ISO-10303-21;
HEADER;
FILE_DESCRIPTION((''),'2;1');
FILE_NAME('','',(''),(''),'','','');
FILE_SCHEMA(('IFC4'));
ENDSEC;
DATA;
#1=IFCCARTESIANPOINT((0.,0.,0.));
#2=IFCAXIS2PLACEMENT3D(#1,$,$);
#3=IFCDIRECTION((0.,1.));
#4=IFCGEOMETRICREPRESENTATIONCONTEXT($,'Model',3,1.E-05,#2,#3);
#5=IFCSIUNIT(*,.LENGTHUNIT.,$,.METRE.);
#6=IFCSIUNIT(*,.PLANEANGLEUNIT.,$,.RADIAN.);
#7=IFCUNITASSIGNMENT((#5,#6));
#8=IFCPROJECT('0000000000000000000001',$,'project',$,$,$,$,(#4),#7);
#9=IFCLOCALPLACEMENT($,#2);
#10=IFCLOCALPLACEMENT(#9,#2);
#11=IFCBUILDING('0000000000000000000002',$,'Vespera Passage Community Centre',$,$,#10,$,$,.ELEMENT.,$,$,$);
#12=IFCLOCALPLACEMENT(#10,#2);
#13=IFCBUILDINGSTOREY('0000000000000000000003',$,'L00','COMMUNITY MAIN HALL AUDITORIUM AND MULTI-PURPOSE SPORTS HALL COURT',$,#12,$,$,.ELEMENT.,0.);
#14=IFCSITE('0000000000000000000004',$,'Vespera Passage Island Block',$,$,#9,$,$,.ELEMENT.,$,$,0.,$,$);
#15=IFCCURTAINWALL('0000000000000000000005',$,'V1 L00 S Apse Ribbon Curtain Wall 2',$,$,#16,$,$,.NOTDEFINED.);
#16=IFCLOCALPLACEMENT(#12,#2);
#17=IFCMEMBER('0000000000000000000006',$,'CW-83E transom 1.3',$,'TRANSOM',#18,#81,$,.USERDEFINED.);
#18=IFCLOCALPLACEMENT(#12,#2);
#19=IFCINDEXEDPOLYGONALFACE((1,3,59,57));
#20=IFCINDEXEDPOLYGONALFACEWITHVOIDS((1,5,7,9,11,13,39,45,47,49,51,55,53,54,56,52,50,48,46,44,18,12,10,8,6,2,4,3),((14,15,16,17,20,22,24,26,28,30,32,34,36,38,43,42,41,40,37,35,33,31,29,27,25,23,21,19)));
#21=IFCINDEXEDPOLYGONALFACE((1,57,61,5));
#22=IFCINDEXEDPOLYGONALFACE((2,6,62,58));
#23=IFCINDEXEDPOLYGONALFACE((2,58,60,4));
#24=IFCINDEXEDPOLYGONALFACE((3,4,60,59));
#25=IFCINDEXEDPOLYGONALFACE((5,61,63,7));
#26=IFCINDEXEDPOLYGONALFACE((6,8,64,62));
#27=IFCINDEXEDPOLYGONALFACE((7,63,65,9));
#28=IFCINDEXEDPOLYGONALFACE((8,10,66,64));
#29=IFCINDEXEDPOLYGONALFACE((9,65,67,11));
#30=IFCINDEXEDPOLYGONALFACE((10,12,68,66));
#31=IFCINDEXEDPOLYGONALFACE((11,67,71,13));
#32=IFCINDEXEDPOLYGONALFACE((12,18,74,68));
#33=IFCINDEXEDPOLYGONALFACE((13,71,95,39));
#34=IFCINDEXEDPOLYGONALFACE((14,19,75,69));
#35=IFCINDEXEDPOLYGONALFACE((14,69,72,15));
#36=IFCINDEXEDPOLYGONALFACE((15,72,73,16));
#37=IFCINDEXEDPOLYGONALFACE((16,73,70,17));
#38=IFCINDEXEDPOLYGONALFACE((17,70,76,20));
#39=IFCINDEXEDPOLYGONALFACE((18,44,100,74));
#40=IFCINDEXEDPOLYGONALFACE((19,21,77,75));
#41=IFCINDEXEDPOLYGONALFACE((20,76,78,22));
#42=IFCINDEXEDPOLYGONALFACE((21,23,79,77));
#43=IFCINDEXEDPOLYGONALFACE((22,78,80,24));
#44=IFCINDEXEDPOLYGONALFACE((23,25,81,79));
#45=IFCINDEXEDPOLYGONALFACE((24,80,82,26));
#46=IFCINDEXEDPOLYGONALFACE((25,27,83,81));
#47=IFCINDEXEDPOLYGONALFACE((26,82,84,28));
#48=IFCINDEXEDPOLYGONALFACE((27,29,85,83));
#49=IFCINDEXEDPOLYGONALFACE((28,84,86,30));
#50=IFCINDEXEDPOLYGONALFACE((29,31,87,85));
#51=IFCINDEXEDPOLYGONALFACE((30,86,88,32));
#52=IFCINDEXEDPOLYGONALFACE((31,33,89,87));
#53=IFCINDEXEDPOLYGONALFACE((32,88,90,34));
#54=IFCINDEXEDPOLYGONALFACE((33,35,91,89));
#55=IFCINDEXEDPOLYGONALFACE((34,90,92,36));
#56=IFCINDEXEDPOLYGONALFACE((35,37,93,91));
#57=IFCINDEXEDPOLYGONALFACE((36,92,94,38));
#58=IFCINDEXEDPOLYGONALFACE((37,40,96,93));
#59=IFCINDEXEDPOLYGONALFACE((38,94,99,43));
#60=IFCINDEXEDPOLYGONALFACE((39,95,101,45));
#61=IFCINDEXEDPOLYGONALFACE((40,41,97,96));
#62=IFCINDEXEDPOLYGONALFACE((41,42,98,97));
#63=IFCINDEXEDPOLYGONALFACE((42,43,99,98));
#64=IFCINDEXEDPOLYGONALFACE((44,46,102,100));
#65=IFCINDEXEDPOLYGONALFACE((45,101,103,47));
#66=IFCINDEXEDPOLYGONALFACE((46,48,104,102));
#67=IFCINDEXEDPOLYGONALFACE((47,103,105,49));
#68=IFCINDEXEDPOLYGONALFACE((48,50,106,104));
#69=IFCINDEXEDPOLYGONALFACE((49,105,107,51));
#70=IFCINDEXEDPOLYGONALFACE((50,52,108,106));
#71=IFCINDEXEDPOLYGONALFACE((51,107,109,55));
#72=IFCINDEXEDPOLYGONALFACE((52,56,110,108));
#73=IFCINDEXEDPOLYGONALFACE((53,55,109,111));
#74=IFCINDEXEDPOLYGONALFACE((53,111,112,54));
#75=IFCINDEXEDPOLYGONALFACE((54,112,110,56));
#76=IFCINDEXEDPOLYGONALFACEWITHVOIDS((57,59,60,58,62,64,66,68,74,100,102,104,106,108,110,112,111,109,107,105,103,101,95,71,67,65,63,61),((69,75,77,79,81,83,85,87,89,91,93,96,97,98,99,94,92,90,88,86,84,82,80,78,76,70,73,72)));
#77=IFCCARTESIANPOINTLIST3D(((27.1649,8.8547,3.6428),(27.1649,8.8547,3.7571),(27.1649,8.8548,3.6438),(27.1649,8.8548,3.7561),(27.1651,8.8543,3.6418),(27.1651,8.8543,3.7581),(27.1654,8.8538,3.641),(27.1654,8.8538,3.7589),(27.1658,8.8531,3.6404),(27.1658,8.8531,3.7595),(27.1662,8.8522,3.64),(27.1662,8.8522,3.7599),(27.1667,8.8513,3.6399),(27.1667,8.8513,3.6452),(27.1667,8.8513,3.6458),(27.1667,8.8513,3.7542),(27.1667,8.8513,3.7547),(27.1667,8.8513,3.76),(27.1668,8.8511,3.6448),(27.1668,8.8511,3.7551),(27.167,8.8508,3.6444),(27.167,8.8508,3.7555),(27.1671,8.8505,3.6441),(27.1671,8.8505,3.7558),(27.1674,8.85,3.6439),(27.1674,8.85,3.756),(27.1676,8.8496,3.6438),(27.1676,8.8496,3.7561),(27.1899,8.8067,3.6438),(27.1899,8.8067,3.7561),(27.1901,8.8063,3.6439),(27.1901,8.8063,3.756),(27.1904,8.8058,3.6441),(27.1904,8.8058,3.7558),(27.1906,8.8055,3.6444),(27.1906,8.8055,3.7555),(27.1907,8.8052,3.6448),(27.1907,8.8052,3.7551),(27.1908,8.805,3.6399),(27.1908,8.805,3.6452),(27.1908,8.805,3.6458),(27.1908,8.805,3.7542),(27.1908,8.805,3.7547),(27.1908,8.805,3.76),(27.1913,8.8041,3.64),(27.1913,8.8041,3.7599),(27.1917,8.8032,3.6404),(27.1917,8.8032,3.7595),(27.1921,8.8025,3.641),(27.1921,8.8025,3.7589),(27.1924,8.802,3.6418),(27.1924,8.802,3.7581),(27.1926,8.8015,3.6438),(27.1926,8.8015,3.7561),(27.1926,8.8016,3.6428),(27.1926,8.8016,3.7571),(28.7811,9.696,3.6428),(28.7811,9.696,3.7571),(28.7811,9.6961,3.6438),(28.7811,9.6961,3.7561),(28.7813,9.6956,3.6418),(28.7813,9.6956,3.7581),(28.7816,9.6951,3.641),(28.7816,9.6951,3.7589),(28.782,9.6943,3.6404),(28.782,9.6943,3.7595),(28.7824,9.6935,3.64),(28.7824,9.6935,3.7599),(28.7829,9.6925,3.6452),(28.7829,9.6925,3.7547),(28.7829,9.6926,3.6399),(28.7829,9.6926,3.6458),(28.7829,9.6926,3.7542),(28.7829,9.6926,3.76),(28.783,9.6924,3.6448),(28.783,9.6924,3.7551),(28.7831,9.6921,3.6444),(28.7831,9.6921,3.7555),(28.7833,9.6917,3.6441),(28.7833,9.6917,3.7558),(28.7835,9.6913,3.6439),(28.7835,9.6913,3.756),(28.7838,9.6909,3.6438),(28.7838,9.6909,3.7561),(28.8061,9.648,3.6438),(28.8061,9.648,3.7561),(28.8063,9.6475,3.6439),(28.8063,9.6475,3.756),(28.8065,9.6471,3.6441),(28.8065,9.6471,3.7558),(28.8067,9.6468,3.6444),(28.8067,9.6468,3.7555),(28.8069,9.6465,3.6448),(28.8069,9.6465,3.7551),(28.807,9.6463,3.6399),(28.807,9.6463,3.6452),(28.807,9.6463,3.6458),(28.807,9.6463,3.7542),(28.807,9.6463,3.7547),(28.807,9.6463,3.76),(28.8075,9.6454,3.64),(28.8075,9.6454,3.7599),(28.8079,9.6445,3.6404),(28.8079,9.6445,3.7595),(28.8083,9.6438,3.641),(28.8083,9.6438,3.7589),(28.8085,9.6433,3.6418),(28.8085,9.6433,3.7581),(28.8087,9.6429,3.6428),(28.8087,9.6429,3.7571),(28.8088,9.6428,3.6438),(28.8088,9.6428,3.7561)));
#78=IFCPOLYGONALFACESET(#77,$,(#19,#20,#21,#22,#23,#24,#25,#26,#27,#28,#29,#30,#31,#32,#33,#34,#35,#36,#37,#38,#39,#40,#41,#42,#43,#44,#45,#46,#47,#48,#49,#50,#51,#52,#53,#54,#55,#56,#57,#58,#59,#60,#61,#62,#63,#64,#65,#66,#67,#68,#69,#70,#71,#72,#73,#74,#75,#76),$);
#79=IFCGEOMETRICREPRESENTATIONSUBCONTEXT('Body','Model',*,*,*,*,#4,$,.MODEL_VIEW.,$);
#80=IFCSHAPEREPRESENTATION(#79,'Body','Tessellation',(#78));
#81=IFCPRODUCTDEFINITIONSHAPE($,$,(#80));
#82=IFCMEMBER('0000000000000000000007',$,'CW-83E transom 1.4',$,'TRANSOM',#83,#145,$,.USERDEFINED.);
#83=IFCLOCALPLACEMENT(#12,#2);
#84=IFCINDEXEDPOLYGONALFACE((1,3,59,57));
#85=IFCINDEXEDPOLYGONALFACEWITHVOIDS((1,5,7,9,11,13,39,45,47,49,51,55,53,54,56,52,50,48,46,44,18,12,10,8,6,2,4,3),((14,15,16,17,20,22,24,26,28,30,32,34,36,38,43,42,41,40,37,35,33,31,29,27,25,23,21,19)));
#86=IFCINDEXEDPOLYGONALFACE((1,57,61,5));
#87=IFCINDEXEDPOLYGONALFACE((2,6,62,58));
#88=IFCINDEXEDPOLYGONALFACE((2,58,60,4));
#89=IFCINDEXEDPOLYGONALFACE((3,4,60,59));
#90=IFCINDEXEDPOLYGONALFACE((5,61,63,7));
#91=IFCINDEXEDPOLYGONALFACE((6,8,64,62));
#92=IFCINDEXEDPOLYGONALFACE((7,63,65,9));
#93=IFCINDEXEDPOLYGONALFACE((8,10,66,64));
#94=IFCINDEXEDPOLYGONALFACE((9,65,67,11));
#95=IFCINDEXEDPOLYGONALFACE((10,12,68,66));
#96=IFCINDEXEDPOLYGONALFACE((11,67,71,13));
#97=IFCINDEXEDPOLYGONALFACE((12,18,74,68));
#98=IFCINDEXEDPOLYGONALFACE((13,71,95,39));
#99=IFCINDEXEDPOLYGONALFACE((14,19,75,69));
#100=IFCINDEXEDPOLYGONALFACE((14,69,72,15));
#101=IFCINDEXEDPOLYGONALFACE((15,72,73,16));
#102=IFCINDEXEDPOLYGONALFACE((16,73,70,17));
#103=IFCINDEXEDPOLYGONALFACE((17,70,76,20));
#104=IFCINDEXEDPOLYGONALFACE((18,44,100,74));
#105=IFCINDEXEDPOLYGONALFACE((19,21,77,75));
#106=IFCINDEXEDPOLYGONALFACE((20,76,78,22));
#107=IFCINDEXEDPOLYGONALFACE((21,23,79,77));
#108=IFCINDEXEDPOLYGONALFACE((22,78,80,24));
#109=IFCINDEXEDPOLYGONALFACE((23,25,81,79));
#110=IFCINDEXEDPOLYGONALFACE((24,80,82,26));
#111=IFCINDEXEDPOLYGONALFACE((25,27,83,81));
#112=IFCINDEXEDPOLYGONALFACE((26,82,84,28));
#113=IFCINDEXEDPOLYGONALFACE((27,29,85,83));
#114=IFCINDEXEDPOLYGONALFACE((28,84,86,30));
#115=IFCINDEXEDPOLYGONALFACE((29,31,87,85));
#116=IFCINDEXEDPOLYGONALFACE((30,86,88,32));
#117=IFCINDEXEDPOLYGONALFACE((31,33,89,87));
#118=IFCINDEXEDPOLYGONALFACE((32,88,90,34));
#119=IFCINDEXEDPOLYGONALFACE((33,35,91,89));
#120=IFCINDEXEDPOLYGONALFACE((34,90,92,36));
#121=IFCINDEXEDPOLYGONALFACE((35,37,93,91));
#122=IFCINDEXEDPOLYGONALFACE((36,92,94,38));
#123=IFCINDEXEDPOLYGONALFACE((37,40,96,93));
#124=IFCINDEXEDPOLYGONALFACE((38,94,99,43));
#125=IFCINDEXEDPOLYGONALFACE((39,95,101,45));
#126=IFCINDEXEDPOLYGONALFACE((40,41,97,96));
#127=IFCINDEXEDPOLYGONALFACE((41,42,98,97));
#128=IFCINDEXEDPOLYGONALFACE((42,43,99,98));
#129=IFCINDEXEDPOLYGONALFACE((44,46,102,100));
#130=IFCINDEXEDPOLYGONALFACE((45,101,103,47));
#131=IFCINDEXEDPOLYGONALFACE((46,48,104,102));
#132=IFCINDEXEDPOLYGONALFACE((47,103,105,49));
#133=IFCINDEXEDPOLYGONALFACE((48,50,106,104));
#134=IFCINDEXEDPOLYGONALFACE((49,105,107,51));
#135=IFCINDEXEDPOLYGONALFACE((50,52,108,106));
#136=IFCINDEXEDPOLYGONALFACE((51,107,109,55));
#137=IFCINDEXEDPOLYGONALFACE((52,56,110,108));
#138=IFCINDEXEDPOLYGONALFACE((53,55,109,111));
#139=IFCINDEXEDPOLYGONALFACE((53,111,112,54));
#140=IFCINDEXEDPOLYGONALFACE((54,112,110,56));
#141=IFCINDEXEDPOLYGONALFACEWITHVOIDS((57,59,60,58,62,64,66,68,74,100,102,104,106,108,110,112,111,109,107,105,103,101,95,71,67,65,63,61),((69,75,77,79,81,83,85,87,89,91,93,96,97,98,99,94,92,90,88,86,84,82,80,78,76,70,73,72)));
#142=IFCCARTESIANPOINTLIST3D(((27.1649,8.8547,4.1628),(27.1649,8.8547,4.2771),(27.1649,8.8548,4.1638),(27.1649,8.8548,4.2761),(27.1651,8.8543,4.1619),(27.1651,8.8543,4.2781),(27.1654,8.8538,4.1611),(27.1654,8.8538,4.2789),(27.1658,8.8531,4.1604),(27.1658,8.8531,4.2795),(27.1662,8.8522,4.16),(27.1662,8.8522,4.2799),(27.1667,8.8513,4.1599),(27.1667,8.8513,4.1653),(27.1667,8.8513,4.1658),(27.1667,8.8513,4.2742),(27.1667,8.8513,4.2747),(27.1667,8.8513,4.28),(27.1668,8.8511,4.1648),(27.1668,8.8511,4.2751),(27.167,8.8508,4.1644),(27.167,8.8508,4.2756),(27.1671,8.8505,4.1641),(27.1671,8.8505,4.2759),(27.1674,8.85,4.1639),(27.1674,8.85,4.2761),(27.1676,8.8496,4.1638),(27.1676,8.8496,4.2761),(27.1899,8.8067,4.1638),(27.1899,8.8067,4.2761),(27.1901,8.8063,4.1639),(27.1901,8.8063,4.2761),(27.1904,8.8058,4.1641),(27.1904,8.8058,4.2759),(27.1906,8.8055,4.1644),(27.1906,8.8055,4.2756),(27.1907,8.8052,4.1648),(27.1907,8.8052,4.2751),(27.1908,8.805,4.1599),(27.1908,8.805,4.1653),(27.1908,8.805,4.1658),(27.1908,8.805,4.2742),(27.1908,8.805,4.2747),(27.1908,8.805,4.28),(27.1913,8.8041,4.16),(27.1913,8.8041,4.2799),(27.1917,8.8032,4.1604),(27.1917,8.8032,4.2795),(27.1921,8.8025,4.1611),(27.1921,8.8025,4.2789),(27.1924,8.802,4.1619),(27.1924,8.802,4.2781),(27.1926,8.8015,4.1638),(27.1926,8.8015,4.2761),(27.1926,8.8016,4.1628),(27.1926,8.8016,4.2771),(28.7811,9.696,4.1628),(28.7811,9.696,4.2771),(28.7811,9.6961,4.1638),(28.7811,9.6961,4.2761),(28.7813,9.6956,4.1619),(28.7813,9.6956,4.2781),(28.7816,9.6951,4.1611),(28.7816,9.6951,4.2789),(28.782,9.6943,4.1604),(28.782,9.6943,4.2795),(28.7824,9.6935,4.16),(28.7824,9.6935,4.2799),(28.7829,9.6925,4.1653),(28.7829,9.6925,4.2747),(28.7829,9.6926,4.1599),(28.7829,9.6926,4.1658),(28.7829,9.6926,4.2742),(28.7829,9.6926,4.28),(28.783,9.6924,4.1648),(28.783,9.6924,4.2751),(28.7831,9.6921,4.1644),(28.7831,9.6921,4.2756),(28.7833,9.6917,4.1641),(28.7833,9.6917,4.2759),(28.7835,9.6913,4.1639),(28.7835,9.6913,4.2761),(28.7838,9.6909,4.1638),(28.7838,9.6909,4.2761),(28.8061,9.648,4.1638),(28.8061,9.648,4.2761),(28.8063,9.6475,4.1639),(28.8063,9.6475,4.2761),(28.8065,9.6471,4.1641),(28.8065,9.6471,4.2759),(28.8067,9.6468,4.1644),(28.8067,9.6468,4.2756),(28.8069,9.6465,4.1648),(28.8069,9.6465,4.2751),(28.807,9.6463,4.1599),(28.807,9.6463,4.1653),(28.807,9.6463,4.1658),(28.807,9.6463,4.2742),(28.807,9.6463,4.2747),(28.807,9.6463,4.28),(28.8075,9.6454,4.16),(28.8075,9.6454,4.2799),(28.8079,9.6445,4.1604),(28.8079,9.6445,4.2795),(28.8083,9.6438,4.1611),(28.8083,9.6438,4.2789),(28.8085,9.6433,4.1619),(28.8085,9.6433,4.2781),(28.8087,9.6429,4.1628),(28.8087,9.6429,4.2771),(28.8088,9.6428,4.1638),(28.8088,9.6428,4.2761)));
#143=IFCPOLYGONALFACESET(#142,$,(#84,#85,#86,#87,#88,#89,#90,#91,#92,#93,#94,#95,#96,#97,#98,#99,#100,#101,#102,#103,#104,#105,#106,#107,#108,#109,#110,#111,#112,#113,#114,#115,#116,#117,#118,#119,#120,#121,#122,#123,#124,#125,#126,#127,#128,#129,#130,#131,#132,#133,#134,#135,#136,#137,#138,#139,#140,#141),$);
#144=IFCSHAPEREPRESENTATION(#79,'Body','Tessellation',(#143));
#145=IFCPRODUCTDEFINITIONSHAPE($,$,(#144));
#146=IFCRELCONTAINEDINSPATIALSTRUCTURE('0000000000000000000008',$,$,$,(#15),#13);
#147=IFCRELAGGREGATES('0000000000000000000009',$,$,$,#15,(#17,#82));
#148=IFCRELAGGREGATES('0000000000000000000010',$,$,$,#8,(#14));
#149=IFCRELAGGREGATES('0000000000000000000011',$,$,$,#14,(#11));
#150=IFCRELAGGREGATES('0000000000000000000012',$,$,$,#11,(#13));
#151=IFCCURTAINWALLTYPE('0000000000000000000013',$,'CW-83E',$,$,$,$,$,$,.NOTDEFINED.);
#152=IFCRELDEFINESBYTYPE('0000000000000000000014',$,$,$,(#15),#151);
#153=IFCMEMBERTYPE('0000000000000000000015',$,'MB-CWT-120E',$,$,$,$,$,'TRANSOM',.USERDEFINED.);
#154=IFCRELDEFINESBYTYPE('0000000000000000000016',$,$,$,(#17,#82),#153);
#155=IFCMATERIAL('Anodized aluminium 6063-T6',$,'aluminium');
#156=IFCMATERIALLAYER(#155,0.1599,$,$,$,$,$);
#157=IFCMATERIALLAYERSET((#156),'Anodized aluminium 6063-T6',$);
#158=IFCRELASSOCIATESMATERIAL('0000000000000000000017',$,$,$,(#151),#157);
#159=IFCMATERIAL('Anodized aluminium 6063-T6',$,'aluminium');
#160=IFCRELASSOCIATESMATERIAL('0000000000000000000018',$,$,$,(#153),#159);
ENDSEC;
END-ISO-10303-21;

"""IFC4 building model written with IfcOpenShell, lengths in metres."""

from ifc_helpers import new_model, si_unit, direction, frame, origin, origin_2d, place, context, subcontext, project, spatial, hollow_rectangle, extrude, material, layer, layer_set, material_profile, profile_set, type_object, element, aggregate, save


model = new_model("IFC4")

# Units and contexts
model_context = context("Model", 3, precision=1e-05, world=origin(), true_north=direction((0.0, 1.0)))
body_context = subcontext(model_context, "Body", "Model", "MODEL_VIEW")
ifc_project = project(units=[si_unit("LENGTHUNIT", "METRE"), si_unit("PLANEANGLEUNIT", "RADIAN")], contexts=[model_context])

# Site, building, storey
site_placement = place(None, origin())
site = spatial("IfcSite", under=ifc_project, at=site_placement, Name="Vespera Passage Island Block", CompositionType="ELEMENT", RefElevation=0.0)
building_placement = place(site_placement, origin())
building = spatial("IfcBuilding", under=site, at=building_placement, Name="Vespera Passage Community Centre", CompositionType="ELEMENT")
storey_placement = place(building_placement, origin())
storey = spatial("IfcBuildingStorey", under=building, at=storey_placement, Name="L00", Description="COMMUNITY MAIN HALL AUDITORIUM AND MULTI-PURPOSE SPORTS HALL COURT", CompositionType="ELEMENT", Elevation=0.0)

# Curtain wall, members
ifc_material_1 = material(Name="Anodized aluminium 6063-T6", Category="aluminium")
ifc_layer_1 = layer(ifc_material_1, 0.1599)
ifc_layer_set_1 = layer_set([ifc_layer_1], Name="Anodized aluminium 6063-T6")
curtain_wall_type = type_object("IfcCurtainWallType", Name="CW-83E", PredefinedType="NOTDEFINED", material=ifc_layer_set_1)
curtain_wall_placement = place(storey_placement, origin())
curtain_wall = element("IfcCurtainWall", 1, at=curtain_wall_placement, inside=storey, type_object=curtain_wall_type, Name="V1 L00 S Apse Ribbon Curtain Wall 2", PredefinedType="NOTDEFINED")
ifc_material_2 = material(Name="Anodized aluminium 6063-T6", Category="aluminium")
ifc_material_profile_1 = material_profile(ifc_material_2, hollow_rectangle(XDim=0.0601, YDim=0.1201, WallThickness=0.0039, InnerFilletRadius=0.002, OuterFilletRadius=0.0039, at=origin_2d()), Name="ALU120X60X4")
ifc_profile_set_1 = profile_set([ifc_material_profile_1], Name="Anodized aluminium 6063-T6")
member_type_1 = type_object("IfcMemberType", Name="MB-CWT-120E", ElementType="TRANSOM", PredefinedType="USERDEFINED", material=ifc_profile_set_1)
member_1_placement = place(storey_placement, frame((28.7949, 9.6694, 3.7), z_axis=(-0.887019, -0.461732, 0.0), x_axis=(0.461732, -0.887019, 0.0)))
member_1 = element("IfcMember", 2, at=member_1_placement, type_object=member_type_1, Name="CW-83E transom 1.3", ObjectType="TRANSOM", PredefinedType="USERDEFINED", context=body_context, shape_type="SweptSolid", body=[
    extrude(hollow_rectangle(XDim=0.0601, YDim=0.1201, WallThickness=0.0039, InnerFilletRadius=0.002, OuterFilletRadius=0.0039, at=origin_2d()), origin(), (0.0, 0.0, 1.0), 1.822),
])
member_2_placement = place(storey_placement, frame((28.7949, 9.6694, 4.22), z_axis=(-0.887019, -0.461732, 0.0), x_axis=(0.461732, -0.887019, 0.0)))
member_2 = element("IfcMember", 3, at=member_2_placement, type_object=member_type_1, Name="CW-83E transom 1.4", ObjectType="TRANSOM", PredefinedType="USERDEFINED", context=body_context, shape_type="SweptSolid", body=[
    extrude(hollow_rectangle(XDim=0.0601, YDim=0.1201, WallThickness=0.0039, InnerFilletRadius=0.002, OuterFilletRadius=0.0039, at=origin_2d()), origin(), (0.0, 0.0, 1.0), 1.822),
])
aggregate(curtain_wall, [member_1, member_2])

save(model, "model.ifc")
